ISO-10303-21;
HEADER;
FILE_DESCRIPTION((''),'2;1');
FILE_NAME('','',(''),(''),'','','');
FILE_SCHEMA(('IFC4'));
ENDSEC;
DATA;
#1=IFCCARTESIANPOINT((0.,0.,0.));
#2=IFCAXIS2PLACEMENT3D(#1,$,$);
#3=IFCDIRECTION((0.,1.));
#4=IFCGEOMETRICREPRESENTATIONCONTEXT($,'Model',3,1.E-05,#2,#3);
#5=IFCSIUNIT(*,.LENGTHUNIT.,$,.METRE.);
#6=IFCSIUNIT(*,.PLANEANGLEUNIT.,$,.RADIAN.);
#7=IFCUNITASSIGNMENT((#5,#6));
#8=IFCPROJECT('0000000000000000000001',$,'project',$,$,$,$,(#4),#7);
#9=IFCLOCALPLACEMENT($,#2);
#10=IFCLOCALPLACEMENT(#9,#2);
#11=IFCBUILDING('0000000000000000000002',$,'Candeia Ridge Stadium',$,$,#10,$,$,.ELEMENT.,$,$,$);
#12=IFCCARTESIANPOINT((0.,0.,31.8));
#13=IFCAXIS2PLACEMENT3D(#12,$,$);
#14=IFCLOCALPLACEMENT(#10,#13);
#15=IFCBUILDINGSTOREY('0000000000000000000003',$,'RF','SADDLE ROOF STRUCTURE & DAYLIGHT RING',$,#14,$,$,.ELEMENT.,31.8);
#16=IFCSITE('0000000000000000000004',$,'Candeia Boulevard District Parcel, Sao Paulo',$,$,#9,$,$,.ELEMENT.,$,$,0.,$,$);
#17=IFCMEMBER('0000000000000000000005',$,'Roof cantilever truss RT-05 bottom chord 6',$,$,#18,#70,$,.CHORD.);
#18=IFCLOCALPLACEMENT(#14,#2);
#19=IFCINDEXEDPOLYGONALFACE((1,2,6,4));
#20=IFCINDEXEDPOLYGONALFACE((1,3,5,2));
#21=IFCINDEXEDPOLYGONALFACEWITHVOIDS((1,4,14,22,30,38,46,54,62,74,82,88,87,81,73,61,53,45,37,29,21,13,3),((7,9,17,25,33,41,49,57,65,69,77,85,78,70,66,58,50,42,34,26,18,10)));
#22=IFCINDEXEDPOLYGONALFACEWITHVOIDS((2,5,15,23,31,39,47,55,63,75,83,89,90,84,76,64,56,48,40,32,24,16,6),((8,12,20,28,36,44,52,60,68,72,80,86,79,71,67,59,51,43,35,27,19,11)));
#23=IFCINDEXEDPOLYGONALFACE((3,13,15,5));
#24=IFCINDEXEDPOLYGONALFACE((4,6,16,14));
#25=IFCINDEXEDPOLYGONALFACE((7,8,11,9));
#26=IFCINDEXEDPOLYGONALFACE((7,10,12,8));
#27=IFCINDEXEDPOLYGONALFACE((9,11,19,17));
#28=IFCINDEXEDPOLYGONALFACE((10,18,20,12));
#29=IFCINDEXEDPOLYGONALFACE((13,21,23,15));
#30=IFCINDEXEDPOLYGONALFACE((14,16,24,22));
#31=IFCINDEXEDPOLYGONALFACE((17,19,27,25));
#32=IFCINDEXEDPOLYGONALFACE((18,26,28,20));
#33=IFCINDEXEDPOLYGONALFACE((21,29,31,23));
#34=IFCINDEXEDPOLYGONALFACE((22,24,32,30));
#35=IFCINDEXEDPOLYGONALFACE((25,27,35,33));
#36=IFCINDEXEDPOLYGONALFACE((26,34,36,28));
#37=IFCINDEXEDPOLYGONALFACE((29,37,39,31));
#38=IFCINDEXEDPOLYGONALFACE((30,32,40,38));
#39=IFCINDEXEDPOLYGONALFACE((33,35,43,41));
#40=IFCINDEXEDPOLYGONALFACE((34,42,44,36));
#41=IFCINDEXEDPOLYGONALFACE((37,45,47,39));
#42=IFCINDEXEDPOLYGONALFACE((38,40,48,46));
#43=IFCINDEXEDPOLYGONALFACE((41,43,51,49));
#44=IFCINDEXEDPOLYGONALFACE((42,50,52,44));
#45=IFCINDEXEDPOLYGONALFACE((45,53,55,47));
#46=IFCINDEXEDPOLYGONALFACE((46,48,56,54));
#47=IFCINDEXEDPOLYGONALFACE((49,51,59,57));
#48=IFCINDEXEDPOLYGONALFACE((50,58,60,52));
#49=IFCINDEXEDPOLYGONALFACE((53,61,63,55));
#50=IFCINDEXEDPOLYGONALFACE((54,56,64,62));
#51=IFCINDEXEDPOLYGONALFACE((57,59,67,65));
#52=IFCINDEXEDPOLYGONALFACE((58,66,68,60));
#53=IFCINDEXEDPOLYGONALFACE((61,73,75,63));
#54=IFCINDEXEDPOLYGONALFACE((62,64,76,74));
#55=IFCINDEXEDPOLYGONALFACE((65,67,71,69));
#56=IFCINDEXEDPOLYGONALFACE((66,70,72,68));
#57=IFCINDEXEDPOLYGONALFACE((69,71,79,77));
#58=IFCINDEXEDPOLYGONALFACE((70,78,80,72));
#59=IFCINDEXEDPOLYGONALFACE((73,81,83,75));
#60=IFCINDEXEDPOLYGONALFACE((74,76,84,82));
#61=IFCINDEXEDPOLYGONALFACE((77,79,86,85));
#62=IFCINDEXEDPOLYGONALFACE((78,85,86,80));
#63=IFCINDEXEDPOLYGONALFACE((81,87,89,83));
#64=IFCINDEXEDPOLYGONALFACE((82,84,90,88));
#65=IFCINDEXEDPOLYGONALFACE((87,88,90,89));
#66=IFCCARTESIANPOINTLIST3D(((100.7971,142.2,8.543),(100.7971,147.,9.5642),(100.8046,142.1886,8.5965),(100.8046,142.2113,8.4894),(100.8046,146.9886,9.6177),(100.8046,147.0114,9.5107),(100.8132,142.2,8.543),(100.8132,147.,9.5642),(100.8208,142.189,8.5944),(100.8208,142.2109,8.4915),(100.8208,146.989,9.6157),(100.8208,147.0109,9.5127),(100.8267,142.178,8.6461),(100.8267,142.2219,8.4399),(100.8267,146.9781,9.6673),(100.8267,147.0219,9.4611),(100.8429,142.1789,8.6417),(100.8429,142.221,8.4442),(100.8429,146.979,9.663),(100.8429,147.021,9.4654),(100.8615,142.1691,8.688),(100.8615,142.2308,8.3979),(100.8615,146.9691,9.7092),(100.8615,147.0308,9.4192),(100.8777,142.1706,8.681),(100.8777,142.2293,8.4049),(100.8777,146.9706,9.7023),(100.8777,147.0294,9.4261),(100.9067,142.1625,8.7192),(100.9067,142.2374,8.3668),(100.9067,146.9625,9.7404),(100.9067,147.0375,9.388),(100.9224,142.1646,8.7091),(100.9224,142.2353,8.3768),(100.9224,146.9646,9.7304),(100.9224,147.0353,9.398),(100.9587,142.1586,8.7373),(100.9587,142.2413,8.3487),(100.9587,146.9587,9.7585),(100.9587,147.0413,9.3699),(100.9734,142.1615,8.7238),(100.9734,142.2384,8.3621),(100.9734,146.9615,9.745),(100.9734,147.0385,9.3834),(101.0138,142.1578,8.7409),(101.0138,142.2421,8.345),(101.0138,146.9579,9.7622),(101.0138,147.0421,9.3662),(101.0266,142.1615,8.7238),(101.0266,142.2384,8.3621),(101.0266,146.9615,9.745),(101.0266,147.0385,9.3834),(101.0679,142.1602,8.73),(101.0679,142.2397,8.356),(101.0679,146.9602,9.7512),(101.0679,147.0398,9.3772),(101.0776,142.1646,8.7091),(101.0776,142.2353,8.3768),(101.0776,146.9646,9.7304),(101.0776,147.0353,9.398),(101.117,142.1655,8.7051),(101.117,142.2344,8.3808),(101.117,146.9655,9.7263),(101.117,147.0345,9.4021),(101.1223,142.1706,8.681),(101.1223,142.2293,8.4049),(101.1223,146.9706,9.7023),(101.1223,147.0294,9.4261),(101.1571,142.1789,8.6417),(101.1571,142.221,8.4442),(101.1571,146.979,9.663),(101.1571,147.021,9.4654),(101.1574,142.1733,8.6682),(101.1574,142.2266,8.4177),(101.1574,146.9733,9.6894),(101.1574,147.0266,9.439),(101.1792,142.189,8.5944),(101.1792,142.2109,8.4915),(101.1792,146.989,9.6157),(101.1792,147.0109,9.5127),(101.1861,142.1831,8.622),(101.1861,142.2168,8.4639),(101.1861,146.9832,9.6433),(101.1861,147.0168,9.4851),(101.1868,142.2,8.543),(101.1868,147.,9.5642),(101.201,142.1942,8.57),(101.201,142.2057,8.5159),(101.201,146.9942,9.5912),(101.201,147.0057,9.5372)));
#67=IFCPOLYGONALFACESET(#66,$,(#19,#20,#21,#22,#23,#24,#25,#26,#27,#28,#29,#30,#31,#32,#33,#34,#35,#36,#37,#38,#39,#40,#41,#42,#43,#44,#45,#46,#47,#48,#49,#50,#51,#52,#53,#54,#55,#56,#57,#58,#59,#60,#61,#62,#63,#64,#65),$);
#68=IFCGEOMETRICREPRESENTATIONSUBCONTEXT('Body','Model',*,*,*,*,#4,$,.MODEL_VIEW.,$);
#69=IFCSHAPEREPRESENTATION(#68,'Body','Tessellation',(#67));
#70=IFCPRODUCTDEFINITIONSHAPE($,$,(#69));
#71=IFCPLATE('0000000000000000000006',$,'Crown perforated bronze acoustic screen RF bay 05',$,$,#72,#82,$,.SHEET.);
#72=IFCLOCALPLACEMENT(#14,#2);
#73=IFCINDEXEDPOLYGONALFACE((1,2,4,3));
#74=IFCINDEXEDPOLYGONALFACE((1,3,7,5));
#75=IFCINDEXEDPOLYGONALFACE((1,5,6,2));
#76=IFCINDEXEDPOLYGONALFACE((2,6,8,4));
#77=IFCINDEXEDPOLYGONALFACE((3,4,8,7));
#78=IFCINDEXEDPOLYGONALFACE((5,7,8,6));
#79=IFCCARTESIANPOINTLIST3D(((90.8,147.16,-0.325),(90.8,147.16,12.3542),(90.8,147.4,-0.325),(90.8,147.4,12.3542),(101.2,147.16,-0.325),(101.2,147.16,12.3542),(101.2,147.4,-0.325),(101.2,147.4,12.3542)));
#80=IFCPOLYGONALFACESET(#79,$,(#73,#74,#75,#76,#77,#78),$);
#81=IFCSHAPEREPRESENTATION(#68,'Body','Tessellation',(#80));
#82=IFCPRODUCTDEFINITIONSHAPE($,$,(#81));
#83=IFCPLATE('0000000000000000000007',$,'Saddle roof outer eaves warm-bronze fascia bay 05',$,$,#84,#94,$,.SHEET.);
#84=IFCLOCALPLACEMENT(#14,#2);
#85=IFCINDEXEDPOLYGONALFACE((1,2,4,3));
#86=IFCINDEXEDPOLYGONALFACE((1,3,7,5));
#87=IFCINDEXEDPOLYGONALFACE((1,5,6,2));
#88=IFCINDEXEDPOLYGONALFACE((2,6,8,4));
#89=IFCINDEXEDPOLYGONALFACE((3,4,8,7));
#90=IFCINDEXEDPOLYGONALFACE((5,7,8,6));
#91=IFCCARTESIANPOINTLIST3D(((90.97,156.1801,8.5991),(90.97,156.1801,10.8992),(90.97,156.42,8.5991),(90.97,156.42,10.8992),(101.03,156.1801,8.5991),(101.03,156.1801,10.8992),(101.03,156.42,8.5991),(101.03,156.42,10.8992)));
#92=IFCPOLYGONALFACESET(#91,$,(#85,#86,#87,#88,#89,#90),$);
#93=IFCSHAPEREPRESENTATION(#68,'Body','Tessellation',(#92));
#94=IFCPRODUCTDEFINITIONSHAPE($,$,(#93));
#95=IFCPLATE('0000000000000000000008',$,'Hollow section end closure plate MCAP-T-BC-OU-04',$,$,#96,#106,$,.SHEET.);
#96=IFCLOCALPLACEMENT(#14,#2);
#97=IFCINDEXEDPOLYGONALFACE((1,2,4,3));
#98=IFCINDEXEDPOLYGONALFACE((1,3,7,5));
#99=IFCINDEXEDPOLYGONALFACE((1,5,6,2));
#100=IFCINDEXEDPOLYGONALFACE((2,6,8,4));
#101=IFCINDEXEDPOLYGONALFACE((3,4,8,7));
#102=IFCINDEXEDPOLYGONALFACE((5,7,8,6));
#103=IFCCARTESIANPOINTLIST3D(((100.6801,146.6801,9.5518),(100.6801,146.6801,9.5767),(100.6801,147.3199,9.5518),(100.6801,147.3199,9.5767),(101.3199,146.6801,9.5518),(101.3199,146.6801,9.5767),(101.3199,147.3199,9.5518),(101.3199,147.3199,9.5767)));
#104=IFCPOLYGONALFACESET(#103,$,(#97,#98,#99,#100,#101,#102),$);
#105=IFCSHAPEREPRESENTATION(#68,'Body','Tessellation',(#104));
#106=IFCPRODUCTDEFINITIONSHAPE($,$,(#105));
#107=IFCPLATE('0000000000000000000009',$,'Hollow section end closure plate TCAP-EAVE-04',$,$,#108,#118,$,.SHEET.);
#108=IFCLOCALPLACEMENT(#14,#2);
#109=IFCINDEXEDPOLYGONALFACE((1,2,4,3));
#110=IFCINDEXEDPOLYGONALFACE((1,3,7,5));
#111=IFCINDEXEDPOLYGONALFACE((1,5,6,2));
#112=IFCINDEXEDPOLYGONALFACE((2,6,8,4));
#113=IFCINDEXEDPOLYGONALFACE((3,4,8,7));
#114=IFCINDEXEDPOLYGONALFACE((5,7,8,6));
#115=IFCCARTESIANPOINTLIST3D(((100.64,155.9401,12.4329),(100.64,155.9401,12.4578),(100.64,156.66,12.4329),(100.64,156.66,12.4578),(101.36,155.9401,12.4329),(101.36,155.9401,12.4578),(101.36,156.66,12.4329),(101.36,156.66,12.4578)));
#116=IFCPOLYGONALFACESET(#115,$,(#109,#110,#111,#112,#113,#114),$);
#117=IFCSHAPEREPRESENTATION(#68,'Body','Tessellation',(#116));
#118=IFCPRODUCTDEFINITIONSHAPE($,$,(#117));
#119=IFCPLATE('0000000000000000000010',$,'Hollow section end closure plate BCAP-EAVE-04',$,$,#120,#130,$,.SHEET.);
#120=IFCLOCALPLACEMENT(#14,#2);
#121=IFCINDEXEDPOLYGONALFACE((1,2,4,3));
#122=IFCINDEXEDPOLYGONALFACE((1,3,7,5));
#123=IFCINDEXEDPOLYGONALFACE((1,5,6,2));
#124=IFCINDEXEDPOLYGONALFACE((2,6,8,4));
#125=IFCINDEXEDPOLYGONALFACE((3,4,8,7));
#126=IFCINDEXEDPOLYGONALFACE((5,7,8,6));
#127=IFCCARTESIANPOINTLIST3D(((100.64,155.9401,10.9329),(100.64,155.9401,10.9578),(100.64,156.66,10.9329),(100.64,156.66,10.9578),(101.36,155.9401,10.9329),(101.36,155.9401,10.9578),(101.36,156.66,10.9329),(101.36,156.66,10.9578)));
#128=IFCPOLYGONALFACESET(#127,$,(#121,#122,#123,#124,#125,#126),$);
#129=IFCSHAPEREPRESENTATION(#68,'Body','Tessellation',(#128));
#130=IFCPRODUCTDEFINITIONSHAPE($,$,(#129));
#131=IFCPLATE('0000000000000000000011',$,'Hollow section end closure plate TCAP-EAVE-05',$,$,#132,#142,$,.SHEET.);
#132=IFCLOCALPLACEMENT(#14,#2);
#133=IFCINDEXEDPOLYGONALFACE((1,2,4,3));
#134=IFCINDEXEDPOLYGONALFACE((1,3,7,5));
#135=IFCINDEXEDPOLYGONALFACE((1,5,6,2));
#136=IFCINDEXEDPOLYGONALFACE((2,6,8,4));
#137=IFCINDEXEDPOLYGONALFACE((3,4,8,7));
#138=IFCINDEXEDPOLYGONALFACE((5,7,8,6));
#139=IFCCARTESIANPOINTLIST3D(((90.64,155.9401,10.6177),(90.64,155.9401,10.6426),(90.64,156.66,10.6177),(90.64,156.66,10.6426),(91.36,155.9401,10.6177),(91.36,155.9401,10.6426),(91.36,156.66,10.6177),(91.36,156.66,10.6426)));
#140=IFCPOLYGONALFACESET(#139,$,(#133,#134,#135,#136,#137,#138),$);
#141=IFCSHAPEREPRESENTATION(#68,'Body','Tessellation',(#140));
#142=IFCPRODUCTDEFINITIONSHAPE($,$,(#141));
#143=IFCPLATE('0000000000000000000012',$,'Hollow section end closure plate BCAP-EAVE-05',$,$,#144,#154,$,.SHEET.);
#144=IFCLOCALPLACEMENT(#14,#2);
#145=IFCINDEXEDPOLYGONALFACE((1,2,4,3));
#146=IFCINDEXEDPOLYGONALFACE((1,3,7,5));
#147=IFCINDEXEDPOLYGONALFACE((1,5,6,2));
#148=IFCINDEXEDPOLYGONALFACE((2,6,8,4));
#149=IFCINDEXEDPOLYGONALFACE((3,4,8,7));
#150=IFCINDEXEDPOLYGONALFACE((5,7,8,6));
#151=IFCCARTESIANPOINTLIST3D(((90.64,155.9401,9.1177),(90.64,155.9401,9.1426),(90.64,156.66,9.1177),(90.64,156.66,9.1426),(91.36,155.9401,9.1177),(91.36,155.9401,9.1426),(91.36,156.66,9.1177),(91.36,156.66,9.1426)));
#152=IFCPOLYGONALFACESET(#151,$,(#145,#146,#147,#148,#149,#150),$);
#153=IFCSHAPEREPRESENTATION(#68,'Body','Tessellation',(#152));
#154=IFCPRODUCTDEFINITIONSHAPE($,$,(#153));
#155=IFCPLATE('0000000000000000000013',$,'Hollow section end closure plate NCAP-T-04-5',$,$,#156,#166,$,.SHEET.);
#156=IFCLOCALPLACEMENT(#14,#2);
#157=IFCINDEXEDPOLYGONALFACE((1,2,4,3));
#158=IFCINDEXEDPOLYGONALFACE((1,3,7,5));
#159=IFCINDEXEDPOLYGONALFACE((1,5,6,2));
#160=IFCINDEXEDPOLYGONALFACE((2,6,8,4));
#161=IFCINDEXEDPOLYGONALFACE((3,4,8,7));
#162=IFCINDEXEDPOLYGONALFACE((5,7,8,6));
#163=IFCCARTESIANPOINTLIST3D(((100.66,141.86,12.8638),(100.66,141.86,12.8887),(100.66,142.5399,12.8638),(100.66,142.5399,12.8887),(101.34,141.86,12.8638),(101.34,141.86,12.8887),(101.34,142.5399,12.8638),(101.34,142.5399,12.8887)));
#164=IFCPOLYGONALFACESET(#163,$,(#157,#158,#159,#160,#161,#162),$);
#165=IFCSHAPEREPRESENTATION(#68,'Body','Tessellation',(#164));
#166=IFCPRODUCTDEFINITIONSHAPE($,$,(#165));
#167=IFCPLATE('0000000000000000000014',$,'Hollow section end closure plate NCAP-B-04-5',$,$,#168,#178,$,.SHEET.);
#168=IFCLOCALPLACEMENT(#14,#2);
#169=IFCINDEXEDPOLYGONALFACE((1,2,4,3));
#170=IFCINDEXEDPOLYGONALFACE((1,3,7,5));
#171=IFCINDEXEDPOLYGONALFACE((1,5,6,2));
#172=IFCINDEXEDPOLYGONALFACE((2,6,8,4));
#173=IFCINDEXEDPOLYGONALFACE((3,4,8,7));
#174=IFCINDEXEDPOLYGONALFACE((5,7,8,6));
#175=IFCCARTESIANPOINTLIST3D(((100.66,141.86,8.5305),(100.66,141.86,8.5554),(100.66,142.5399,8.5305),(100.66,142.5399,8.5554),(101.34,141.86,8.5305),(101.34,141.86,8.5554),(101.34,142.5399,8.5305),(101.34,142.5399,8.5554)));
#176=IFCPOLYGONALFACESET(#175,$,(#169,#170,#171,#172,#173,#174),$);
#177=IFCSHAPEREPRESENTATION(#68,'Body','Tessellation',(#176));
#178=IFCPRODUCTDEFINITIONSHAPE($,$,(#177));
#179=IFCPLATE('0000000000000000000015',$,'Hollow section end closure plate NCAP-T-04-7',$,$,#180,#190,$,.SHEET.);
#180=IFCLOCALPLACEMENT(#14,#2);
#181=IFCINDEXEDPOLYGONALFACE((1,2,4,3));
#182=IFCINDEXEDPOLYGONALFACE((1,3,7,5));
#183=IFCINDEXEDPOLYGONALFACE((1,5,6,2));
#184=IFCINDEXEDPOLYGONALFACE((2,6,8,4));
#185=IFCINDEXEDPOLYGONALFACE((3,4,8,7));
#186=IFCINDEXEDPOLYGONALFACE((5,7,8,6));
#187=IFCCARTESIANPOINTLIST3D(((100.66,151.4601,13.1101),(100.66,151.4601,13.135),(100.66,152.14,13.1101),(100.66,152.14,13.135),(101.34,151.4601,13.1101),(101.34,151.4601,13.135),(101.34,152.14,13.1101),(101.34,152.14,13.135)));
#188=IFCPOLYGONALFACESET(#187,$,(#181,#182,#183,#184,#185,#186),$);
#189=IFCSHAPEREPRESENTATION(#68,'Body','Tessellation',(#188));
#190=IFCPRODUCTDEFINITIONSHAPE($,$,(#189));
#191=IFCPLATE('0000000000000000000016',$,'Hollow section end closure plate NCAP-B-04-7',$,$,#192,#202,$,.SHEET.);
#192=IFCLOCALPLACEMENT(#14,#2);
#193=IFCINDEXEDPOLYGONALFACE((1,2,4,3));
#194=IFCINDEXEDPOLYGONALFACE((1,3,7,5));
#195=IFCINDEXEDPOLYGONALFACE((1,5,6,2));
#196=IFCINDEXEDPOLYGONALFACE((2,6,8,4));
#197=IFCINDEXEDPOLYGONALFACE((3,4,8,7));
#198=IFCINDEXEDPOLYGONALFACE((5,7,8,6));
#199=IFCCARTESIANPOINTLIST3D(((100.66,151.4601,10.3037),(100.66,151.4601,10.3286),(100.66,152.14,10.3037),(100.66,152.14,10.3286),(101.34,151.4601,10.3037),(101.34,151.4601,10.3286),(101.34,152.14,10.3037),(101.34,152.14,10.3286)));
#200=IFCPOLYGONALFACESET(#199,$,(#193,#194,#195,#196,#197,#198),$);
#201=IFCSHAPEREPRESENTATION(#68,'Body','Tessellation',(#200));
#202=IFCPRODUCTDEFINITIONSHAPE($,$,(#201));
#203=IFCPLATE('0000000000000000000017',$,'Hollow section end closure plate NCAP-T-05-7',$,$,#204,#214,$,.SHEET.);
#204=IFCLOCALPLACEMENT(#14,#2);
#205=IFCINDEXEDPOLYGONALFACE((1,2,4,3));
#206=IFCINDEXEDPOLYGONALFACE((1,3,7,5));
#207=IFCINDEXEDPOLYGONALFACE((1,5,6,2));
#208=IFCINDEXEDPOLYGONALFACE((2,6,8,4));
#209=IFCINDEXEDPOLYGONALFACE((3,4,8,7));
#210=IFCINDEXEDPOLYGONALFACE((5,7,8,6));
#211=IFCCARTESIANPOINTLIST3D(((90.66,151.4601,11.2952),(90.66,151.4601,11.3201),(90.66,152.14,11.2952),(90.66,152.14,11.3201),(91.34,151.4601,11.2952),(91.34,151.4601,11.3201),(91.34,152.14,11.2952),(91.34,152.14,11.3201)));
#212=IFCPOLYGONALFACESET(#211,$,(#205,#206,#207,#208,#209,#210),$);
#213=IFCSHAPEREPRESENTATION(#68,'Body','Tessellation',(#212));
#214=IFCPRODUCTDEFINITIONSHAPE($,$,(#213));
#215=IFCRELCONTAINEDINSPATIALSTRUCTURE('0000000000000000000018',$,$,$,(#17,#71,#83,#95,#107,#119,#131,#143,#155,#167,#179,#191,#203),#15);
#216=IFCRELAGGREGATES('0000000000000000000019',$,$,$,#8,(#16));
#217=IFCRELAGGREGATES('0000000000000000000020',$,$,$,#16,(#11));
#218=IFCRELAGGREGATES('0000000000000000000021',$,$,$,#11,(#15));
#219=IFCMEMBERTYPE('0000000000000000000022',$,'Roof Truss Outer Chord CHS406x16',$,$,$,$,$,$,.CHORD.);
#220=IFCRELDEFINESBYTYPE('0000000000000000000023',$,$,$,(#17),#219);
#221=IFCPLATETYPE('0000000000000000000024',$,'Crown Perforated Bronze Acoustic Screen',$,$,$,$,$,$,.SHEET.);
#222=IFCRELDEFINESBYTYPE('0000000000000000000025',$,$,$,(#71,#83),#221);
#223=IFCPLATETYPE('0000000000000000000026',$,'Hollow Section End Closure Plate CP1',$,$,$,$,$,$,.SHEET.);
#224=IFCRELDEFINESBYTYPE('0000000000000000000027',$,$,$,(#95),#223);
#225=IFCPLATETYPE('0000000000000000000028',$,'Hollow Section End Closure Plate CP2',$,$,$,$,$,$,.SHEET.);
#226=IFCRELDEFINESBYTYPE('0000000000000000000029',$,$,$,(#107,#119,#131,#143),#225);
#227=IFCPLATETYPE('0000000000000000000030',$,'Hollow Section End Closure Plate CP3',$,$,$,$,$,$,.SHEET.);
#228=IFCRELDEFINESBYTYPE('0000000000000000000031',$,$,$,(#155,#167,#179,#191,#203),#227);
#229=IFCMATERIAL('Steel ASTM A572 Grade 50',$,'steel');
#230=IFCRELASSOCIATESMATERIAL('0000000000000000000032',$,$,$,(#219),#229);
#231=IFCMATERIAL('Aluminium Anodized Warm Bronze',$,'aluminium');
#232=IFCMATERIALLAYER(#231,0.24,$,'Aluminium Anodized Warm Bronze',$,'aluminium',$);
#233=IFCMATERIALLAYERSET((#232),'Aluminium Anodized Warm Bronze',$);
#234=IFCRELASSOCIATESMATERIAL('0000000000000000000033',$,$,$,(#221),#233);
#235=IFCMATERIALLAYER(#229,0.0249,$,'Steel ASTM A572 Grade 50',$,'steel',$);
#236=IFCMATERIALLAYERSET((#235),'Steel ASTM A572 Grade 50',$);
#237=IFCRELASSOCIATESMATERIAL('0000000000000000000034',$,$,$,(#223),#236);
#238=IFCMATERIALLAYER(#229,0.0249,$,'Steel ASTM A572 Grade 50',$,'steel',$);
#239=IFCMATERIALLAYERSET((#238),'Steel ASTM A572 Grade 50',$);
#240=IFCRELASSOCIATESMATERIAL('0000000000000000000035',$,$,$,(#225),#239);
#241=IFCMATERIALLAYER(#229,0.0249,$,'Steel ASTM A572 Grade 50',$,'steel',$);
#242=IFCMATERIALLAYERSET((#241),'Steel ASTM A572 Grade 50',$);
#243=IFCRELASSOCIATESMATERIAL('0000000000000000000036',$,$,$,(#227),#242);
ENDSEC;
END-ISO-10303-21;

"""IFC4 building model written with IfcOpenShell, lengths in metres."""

from ifc_helpers import new_model, si_unit, direction, frame, origin, origin_2d, place, context, subcontext, project, spatial, rectangle, hollow_circle, extrude, material, layer, layer_set, material_profile, profile_set, type_object, element, save


model = new_model("IFC4")

# Units and contexts
model_context = context("Model", 3, precision=1e-05, world=origin(), true_north=direction((0.0, 1.0)))
body_context = subcontext(model_context, "Body", "Model", "MODEL_VIEW")
ifc_project = project(units=[si_unit("LENGTHUNIT", "METRE"), si_unit("PLANEANGLEUNIT", "RADIAN")], contexts=[model_context])

# Site, building, storey
site_placement = place(None, origin())
site = spatial("IfcSite", under=ifc_project, at=site_placement, Name="Candeia Boulevard District Parcel, Sao Paulo", CompositionType="ELEMENT", RefElevation=0.0)
building_placement = place(site_placement, origin())
building = spatial("IfcBuilding", under=site, at=building_placement, Name="Candeia Ridge Stadium", CompositionType="ELEMENT")
storey_placement = place(building_placement, frame((0.0, 0.0, 31.8)))
storey = spatial("IfcBuildingStorey", under=building, at=storey_placement, Name="RF", Description="SADDLE ROOF STRUCTURE & DAYLIGHT RING", CompositionType="ELEMENT", Elevation=31.8)

# Shared definitions
ifc_material_1 = material(Name="Steel ASTM A572 Grade 50", Category="steel")

# Member
ifc_material_profile_1 = material_profile(ifc_material_1, hollow_circle(Radius=0.2029, WallThickness=0.0161, at=origin_2d()), Name="CHS406x16", Category="steel")
ifc_profile_set_1 = profile_set([ifc_material_profile_1], Name="Steel ASTM A572 Grade 50")
member_type_1 = type_object("IfcMemberType", Name="Roof Truss Outer Chord CHS406x16", PredefinedType="CHORD", material=ifc_profile_set_1)
member_1_placement = place(storey_placement, frame((101.0, 142.2, 8.543), z_axis=(0.0, 0.978108, 0.208099), x_axis=(-1.0, 0.0, 0.0)))
element("IfcMember", 1, at=member_1_placement, inside=storey, type_object=member_type_1, Name="Roof cantilever truss RT-05 bottom chord 6", PredefinedType="CHORD", context=body_context, shape_type="SweptSolid", body=[
    extrude(hollow_circle(Radius=0.2029, WallThickness=0.0161, at=origin_2d()), origin(), (0.0, 0.0, 1.0), 4.9075),
])

# Plates
ifc_material_2 = material(Name="Aluminium Anodized Warm Bronze", Category="aluminium")
ifc_layer_1 = layer(ifc_material_2, 0.24, Name="Aluminium Anodized Warm Bronze", Category="aluminium")
ifc_layer_set_1 = layer_set([ifc_layer_1], Name="Aluminium Anodized Warm Bronze")
plate_type_1 = type_object("IfcPlateType", Name="Crown Perforated Bronze Acoustic Screen", PredefinedType="SHEET", material=ifc_layer_set_1)
plate_1_placement = place(storey_placement, frame((96.0, 147.28, -0.325), z_axis=(0.0, 0.0, 1.0), x_axis=(-1.0, 0.0, 0.0)))
element("IfcPlate", 2, at=plate_1_placement, inside=storey, type_object=plate_type_1, Name="Crown perforated bronze acoustic screen RF bay 05", PredefinedType="SHEET", context=body_context, shape_type="SweptSolid", body=[
    extrude(rectangle(XDim=10.3999, YDim=0.24, at=origin_2d()), origin(), (0.0, 0.0, 1.0), 12.6792),
])
plate_2_placement = place(storey_placement, frame((96.0, 156.3, 8.5991), z_axis=(0.0, 0.0, 1.0), x_axis=(-1.0, 0.0, 0.0)))
element("IfcPlate", 3, at=plate_2_placement, inside=storey, type_object=plate_type_1, Name="Saddle roof outer eaves warm-bronze fascia bay 05", PredefinedType="SHEET", context=body_context, shape_type="SweptSolid", body=[
    extrude(rectangle(XDim=10.0601, YDim=0.24, at=origin_2d()), origin(), (0.0, 0.0, 1.0), 2.3),
])
ifc_layer_2 = layer(ifc_material_1, 0.0249, Name="Steel ASTM A572 Grade 50", Category="steel")
ifc_layer_set_2 = layer_set([ifc_layer_2], Name="Steel ASTM A572 Grade 50")
plate_type_2 = type_object("IfcPlateType", Name="Hollow Section End Closure Plate CP1", PredefinedType="SHEET", material=ifc_layer_set_2)
plate_3_placement = place(storey_placement, frame((101.0, 147.0, 9.5518), z_axis=(0.0, 0.0, 1.0), x_axis=(1.0, 0.0, 0.0)))
element("IfcPlate", 4, at=plate_3_placement, inside=storey, type_object=plate_type_2, Name="Hollow section end closure plate MCAP-T-BC-OU-04", PredefinedType="SHEET", context=body_context, shape_type="SweptSolid", body=[
    extrude(rectangle(XDim=0.6399, YDim=0.6399, at=origin_2d()), origin(), (0.0, 0.0, 1.0), 0.0249),
])
ifc_layer_3 = layer(ifc_material_1, 0.0249, Name="Steel ASTM A572 Grade 50", Category="steel")
ifc_layer_set_3 = layer_set([ifc_layer_3], Name="Steel ASTM A572 Grade 50")
plate_type_3 = type_object("IfcPlateType", Name="Hollow Section End Closure Plate CP2", PredefinedType="SHEET", material=ifc_layer_set_3)
for number, where, z_axis, x_axis, name in (
    (5, (101.0, 156.3, 12.4329), (0.0, 0.0, 1.0), (1.0, 0.0, 0.0), "Hollow section end closure plate TCAP-EAVE-04"),
    (6, (101.0, 156.3, 10.9329), (0.0, 0.0, 1.0), (1.0, 0.0, 0.0), "Hollow section end closure plate BCAP-EAVE-04"),
    (7, (91.0, 156.3, 10.6177), (0.0, 0.0, 1.0), (1.0, 0.0, 0.0), "Hollow section end closure plate TCAP-EAVE-05"),
    (8, (91.0, 156.3, 9.1177), (0.0, 0.0, 1.0), (1.0, 0.0, 0.0), "Hollow section end closure plate BCAP-EAVE-05"),
):
    element("IfcPlate", number, at=place(storey_placement, frame(where, z_axis=z_axis, x_axis=x_axis)), inside=storey, type_object=plate_type_3, Name=name, PredefinedType="SHEET", context=body_context, shape_type="SweptSolid", body=[
        extrude(rectangle(XDim=0.72, YDim=0.72, at=origin_2d()), origin(), (0.0, 0.0, 1.0), 0.0249),
    ])
ifc_layer_4 = layer(ifc_material_1, 0.0249, Name="Steel ASTM A572 Grade 50", Category="steel")
ifc_layer_set_4 = layer_set([ifc_layer_4], Name="Steel ASTM A572 Grade 50")
plate_type_4 = type_object("IfcPlateType", Name="Hollow Section End Closure Plate CP3", PredefinedType="SHEET", material=ifc_layer_set_4)
for number, where, z_axis, x_axis, name in (
    (9, (101.0, 142.2, 12.8638), (0.0, 0.0, 1.0), (1.0, 0.0, 0.0), "Hollow section end closure plate NCAP-T-04-5"),
    (10, (101.0, 142.2, 8.5305), (0.0, 0.0, 1.0), (1.0, 0.0, 0.0), "Hollow section end closure plate NCAP-B-04-5"),
    (11, (101.0, 151.8, 13.1101), (0.0, 0.0, 1.0), (1.0, 0.0, 0.0), "Hollow section end closure plate NCAP-T-04-7"),
    (12, (101.0, 151.8, 10.3037), (0.0, 0.0, 1.0), (1.0, 0.0, 0.0), "Hollow section end closure plate NCAP-B-04-7"),
    (13, (91.0, 151.8, 11.2952), (0.0, 0.0, 1.0), (1.0, 0.0, 0.0), "Hollow section end closure plate NCAP-T-05-7"),
):
    element("IfcPlate", number, at=place(storey_placement, frame(where, z_axis=z_axis, x_axis=x_axis)), inside=storey, type_object=plate_type_4, Name=name, PredefinedType="SHEET", context=body_context, shape_type="SweptSolid", body=[
        extrude(rectangle(XDim=0.6799, YDim=0.6799, at=origin_2d()), origin(), (0.0, 0.0, 1.0), 0.0249),
    ])

save(model, "model.ifc")
